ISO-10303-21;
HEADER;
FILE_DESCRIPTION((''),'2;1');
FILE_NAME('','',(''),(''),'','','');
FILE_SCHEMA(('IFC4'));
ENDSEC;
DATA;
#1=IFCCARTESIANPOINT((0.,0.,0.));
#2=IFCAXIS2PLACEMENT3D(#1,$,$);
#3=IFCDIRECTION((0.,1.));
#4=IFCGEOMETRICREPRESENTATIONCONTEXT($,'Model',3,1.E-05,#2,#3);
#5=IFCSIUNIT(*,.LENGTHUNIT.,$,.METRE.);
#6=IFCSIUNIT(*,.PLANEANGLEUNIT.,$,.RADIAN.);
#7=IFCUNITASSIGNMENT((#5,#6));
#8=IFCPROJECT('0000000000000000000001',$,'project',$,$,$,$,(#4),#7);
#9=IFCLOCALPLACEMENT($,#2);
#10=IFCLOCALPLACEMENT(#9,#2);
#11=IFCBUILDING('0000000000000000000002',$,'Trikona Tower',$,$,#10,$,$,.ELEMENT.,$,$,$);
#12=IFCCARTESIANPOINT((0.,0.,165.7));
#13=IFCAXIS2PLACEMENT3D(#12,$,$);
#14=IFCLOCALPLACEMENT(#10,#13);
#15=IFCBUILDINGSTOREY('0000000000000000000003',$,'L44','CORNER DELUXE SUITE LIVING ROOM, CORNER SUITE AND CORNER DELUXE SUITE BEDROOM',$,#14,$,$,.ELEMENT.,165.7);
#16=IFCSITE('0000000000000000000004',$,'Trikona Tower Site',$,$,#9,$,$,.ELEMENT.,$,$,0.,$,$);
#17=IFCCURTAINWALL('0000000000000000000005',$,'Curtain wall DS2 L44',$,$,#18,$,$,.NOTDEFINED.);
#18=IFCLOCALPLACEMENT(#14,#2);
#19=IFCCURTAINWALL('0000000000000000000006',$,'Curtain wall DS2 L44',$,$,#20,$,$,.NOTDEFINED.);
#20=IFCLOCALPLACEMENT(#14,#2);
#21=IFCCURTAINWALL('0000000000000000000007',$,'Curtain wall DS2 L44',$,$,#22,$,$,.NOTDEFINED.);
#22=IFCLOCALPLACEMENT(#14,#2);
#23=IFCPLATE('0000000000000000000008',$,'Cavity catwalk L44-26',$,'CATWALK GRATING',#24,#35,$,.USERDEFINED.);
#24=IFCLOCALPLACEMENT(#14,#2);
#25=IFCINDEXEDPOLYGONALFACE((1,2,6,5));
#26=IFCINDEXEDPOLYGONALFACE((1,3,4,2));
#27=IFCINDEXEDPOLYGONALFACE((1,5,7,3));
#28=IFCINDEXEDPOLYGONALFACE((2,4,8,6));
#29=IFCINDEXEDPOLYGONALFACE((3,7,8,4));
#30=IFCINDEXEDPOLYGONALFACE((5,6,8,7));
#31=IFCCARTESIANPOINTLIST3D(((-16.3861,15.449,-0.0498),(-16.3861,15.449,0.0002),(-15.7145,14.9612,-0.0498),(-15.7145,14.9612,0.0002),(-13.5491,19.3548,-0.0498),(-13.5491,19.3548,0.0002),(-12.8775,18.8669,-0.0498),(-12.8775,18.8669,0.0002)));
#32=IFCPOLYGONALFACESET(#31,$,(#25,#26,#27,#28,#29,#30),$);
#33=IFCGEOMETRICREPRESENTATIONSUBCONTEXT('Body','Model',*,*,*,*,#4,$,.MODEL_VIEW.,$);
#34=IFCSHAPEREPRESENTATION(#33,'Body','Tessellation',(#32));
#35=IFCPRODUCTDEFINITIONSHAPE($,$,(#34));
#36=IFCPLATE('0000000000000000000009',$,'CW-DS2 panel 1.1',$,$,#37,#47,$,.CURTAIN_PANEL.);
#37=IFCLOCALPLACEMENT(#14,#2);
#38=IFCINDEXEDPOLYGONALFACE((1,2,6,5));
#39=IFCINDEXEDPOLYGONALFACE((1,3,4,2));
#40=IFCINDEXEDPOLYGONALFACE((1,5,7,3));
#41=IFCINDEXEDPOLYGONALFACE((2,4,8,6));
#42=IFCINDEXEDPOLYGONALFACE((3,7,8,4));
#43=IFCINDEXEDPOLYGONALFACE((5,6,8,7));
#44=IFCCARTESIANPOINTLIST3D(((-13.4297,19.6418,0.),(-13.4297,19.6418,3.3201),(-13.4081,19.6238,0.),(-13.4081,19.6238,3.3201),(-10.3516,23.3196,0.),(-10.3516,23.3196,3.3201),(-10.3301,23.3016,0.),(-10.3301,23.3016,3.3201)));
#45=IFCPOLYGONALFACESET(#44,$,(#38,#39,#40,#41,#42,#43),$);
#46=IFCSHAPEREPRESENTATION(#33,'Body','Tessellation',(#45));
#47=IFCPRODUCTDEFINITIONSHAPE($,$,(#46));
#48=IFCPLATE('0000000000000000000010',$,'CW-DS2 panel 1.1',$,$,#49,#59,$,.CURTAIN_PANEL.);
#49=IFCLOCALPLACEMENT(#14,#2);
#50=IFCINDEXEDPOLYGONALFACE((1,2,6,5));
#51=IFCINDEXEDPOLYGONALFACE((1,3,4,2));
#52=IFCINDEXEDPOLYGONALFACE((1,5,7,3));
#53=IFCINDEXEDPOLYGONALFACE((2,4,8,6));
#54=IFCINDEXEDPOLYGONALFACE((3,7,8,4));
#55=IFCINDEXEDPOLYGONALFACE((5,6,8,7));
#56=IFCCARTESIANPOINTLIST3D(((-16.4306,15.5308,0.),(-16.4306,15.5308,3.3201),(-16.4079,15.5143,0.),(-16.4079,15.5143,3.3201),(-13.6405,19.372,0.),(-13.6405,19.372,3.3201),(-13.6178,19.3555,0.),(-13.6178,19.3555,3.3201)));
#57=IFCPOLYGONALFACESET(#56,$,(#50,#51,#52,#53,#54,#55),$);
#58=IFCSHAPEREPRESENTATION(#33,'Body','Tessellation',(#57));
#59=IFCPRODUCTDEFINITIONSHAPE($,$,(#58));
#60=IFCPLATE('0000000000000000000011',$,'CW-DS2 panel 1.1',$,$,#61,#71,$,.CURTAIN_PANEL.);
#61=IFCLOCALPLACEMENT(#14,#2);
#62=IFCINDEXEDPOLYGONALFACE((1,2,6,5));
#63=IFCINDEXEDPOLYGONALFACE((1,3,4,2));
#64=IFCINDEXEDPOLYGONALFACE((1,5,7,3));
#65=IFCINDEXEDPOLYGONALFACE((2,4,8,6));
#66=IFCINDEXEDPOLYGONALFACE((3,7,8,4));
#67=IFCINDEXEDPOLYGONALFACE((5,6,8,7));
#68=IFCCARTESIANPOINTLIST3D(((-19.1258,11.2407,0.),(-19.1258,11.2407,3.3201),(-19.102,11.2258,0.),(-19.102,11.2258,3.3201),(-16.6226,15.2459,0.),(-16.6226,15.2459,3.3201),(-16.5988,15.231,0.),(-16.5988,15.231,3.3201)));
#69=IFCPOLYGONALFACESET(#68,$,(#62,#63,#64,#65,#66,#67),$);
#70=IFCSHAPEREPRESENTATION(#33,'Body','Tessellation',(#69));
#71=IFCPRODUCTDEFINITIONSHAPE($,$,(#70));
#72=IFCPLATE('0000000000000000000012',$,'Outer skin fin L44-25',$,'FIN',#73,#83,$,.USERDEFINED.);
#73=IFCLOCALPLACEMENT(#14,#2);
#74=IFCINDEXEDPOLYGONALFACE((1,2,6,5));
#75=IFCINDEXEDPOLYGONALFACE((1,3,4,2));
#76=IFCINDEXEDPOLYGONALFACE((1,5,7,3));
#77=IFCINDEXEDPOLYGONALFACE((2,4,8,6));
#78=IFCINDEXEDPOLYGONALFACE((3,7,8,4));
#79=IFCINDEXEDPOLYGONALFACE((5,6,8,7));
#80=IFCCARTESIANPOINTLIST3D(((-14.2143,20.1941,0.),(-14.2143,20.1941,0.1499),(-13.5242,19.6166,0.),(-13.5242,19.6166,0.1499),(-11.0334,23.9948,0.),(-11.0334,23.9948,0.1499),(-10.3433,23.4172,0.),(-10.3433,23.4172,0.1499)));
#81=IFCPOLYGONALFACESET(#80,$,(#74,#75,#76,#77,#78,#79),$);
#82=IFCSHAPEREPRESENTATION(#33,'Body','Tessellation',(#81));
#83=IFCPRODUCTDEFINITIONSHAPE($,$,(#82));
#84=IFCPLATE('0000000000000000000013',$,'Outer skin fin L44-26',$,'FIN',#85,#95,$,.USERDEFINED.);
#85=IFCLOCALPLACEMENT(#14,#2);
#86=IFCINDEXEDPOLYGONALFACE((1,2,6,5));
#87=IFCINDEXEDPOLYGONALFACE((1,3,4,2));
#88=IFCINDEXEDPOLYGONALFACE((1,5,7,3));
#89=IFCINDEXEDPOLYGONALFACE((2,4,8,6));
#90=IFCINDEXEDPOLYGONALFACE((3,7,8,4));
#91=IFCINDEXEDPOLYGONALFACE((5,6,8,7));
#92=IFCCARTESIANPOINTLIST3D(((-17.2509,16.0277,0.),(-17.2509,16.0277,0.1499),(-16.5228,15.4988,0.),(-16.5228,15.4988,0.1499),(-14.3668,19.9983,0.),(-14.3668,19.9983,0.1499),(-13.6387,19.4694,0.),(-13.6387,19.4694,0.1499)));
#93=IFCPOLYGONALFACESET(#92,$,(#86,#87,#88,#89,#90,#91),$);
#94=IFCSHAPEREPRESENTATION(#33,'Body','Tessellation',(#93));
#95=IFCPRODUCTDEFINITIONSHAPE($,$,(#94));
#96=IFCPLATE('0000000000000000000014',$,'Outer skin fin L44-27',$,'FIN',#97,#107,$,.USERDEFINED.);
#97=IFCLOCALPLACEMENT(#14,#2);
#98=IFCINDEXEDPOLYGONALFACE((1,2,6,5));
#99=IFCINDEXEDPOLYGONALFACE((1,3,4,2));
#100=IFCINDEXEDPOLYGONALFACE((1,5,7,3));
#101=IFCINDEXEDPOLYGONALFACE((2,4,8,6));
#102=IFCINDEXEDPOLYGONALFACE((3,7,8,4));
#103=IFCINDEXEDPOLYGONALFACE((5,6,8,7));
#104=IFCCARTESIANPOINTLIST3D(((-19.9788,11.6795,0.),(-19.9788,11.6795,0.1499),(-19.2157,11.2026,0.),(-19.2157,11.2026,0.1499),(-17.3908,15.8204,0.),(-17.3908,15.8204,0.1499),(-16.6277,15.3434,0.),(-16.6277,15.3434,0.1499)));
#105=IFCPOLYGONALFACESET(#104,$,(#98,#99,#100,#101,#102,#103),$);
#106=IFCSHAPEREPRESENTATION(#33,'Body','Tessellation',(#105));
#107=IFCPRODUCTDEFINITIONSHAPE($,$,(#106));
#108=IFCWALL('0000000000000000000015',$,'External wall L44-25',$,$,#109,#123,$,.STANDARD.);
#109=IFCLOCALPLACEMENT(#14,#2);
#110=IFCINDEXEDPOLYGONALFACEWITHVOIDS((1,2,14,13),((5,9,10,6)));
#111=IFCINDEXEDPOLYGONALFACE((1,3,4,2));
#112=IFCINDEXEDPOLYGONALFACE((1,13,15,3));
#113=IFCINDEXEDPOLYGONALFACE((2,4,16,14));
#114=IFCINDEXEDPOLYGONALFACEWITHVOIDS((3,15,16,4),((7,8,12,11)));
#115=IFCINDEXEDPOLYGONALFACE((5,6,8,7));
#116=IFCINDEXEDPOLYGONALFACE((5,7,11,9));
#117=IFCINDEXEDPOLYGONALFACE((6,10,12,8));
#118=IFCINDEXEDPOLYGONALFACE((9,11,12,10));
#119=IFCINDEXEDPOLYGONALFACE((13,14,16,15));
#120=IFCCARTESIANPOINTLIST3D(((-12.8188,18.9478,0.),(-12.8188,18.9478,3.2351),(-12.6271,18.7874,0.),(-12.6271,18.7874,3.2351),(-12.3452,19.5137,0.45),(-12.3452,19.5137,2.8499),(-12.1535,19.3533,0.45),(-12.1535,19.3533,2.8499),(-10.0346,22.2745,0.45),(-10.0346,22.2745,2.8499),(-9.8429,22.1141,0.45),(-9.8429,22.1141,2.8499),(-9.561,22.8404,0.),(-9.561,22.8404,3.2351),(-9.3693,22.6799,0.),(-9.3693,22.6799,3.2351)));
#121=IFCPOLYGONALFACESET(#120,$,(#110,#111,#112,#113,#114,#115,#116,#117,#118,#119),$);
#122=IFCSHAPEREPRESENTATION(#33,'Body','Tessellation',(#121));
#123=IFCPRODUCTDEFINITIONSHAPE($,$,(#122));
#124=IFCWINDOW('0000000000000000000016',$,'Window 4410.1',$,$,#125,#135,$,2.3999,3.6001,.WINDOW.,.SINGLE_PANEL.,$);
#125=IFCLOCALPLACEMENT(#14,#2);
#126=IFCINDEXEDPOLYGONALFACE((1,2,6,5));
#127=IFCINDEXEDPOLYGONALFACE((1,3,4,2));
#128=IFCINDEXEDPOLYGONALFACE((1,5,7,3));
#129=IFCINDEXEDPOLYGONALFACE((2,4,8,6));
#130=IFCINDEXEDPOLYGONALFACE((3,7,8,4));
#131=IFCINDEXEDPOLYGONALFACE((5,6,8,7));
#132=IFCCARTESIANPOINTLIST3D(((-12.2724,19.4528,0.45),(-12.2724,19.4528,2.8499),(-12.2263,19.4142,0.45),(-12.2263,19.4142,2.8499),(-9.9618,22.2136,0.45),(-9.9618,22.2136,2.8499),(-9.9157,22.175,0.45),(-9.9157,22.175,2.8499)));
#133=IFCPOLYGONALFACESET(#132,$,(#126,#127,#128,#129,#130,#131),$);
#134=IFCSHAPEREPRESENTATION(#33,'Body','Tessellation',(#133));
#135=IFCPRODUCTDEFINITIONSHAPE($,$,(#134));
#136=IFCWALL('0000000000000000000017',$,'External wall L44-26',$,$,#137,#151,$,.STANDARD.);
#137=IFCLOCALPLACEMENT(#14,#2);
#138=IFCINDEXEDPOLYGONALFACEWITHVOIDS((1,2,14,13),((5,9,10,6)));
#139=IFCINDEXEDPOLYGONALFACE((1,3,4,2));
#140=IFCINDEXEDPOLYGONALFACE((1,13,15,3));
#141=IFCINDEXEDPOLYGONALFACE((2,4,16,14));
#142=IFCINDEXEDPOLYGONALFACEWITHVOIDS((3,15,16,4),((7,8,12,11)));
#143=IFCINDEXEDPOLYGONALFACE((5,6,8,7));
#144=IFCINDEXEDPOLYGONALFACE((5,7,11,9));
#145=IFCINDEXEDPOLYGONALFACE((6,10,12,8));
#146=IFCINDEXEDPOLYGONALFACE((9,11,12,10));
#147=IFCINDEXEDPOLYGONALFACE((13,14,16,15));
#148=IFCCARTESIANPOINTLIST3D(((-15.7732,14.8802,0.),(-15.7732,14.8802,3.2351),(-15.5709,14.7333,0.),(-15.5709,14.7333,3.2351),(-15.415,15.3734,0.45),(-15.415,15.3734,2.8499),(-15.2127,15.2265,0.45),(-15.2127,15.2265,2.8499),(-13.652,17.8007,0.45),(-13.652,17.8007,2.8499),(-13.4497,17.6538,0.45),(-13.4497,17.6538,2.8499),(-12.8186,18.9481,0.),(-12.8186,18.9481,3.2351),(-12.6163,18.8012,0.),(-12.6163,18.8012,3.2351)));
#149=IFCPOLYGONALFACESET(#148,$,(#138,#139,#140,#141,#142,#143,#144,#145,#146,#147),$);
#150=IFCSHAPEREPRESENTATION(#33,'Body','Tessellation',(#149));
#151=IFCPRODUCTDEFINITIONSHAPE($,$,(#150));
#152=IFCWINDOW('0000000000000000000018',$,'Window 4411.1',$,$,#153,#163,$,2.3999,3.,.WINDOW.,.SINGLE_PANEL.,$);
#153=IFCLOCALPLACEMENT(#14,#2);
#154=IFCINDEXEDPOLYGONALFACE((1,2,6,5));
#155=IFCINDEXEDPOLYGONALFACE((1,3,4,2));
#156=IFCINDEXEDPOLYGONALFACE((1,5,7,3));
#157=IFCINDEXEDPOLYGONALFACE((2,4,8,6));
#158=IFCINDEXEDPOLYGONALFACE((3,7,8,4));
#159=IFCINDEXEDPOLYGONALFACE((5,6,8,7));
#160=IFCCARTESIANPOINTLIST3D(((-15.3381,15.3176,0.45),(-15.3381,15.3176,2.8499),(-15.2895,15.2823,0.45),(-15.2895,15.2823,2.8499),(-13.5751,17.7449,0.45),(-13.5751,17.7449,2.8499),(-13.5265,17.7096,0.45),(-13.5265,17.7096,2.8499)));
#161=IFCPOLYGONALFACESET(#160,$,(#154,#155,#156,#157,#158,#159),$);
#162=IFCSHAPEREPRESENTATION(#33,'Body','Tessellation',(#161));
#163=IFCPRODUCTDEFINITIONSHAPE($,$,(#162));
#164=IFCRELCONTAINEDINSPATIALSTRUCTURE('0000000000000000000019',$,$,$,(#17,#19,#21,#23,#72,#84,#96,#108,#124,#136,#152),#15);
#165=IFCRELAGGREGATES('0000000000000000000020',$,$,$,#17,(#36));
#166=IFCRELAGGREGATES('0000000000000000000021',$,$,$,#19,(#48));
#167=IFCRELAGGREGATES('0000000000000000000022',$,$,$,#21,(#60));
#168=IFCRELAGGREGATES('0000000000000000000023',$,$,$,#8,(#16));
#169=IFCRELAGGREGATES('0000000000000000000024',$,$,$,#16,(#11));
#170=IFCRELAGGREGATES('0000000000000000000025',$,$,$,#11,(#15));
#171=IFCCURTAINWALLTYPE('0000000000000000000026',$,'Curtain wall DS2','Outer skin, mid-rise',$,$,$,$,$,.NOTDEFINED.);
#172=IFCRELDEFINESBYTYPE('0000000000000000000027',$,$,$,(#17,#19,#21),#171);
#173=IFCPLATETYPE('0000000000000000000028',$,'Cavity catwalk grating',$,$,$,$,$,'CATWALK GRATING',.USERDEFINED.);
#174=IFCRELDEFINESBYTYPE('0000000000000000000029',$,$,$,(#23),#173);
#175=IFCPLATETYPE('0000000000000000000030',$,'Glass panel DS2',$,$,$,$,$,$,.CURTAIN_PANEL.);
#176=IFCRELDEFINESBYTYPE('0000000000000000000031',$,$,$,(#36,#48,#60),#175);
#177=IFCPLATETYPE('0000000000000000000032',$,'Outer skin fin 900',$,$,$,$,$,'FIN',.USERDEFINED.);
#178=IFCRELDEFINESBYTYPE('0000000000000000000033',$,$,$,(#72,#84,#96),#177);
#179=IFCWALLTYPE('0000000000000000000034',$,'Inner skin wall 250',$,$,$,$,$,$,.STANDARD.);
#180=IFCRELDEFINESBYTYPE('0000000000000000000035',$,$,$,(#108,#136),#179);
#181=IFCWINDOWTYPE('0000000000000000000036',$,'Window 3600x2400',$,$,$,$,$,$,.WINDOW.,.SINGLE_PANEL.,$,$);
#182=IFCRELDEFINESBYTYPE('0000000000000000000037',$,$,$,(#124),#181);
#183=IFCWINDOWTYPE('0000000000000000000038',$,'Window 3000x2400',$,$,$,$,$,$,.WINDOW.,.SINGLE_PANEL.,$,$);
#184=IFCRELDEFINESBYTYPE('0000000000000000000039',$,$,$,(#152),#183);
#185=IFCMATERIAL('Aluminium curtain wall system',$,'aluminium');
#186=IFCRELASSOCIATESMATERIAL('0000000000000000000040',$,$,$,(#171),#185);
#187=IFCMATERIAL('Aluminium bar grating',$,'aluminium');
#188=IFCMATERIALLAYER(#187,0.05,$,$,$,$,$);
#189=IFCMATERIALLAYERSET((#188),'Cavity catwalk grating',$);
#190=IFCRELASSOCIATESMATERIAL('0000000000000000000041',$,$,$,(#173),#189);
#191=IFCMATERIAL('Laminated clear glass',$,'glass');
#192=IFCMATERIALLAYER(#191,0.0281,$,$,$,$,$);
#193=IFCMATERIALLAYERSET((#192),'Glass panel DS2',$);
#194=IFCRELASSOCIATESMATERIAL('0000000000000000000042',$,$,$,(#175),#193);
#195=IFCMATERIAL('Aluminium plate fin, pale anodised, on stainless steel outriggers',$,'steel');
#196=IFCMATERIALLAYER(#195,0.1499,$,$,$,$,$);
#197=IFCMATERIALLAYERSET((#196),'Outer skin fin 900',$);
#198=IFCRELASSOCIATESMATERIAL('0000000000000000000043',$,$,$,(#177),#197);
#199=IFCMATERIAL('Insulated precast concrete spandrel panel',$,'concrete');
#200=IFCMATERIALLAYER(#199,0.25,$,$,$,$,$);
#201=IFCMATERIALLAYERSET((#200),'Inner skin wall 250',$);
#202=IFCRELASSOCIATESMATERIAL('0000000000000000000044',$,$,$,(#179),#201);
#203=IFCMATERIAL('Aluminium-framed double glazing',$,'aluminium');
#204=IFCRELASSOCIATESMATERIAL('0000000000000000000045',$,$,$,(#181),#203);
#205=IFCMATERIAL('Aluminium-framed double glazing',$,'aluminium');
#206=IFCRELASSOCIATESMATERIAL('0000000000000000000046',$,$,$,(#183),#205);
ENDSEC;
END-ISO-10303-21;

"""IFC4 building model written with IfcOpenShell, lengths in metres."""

from ifc_helpers import new_model, si_unit, direction, frame, frame_2d, origin, origin_2d, place, context, subcontext, project, spatial, rectangle, extrude, material, layer, layer_set, type_object, element, fill, aggregate, save


model = new_model("IFC4")

# Units and contexts
model_context = context("Model", 3, precision=1e-05, world=origin(), true_north=direction((0.0, 1.0)))
body_context = subcontext(model_context, "Body", "Model", "MODEL_VIEW")
ifc_project = project(units=[si_unit("LENGTHUNIT", "METRE"), si_unit("PLANEANGLEUNIT", "RADIAN")], contexts=[model_context])

# Site, building, storey
site_placement = place(None, origin())
site = spatial("IfcSite", under=ifc_project, at=site_placement, Name="Trikona Tower Site", CompositionType="ELEMENT", RefElevation=0.0)
building_placement = place(site_placement, origin())
building = spatial("IfcBuilding", under=site, at=building_placement, Name="Trikona Tower", CompositionType="ELEMENT")
storey_placement = place(building_placement, frame((0.0, 0.0, 165.7)))
storey = spatial("IfcBuildingStorey", under=building, at=storey_placement, Name="L44", Description="CORNER DELUXE SUITE LIVING ROOM, CORNER SUITE AND CORNER DELUXE SUITE BEDROOM", CompositionType="ELEMENT", Elevation=165.7)

# Shared definitions
ifc_material_1 = material(Name="Aluminium curtain wall system", Category="aluminium")
curtain_wall_type = type_object("IfcCurtainWallType", Name="Curtain wall DS2", Description="Outer skin, mid-rise", PredefinedType="NOTDEFINED", material=ifc_material_1)

# Curtain walls
curtain_wall_1_placement = place(storey_placement, origin())
curtain_wall_1 = element("IfcCurtainWall", 1, at=curtain_wall_1_placement, inside=storey, type_object=curtain_wall_type, Name="Curtain wall DS2 L44", PredefinedType="NOTDEFINED")
curtain_wall_2_placement = place(storey_placement, origin())
curtain_wall_2 = element("IfcCurtainWall", 2, at=curtain_wall_2_placement, inside=storey, type_object=curtain_wall_type, Name="Curtain wall DS2 L44", PredefinedType="NOTDEFINED")

# Curtain wall
curtain_wall_3_placement = place(storey_placement, origin())
curtain_wall_3 = element("IfcCurtainWall", 3, at=curtain_wall_3_placement, inside=storey, type_object=curtain_wall_type, Name="Curtain wall DS2 L44", PredefinedType="NOTDEFINED")

# Plate
ifc_material_2 = material(Name="Aluminium bar grating", Category="aluminium")
ifc_layer_1 = layer(ifc_material_2, 0.05)
ifc_layer_set_1 = layer_set([ifc_layer_1], Name="Cavity catwalk grating")
plate_type_1 = type_object("IfcPlateType", Name="Cavity catwalk grating", ElementType="CATWALK GRATING", PredefinedType="USERDEFINED", material=ifc_layer_set_1)
plate_1_placement = place(storey_placement, frame((-14.6318, 17.158, -0.0498), z_axis=(0.0, 0.0, 1.0), x_axis=(-0.587686, -0.809089, 0.0)))
element("IfcPlate", 4, at=plate_1_placement, inside=storey, type_object=plate_type_1, Name="Cavity catwalk L44-26", ObjectType="CATWALK GRATING", PredefinedType="USERDEFINED", context=body_context, shape_type="SweptSolid", body=[
    extrude(rectangle(XDim=4.8274, YDim=0.8301, at=origin_2d()), origin(), (0.0, 0.0, 1.0), 0.05),
])

# Plates
ifc_material_3 = material(Name="Laminated clear glass", Category="glass")
ifc_layer_2 = layer(ifc_material_3, 0.0281)
ifc_layer_set_2 = layer_set([ifc_layer_2], Name="Glass panel DS2")
plate_type_2 = type_object("IfcPlateType", Name="Glass panel DS2", PredefinedType="CURTAIN_PANEL", material=ifc_layer_set_2)
plate_2_placement = place(storey_placement, frame((-11.8799, 21.4717, 0.0), z_axis=(0.0, 0.0, 1.0), x_axis=(-0.641806, -0.766867, 0.0)))
plate_2 = element("IfcPlate", 5, at=plate_2_placement, type_object=plate_type_2, Name="CW-DS2 panel 1.1", PredefinedType="CURTAIN_PANEL", context=body_context, shape_type="SweptSolid", body=[
    extrude(rectangle(XDim=4.7959, YDim=0.0281, at=origin_2d()), origin(), (0.0, 0.0, 1.0), 3.3201),
])
aggregate(curtain_wall_1, [plate_2])
plate_3_placement = place(storey_placement, frame((-15.0242, 17.4431, 0.0), z_axis=(0.0, 0.0, 1.0), x_axis=(-0.587691, -0.809086, 0.0)))
plate_3 = element("IfcPlate", 6, at=plate_3_placement, type_object=plate_type_2, Name="CW-DS2 panel 1.1", PredefinedType="CURTAIN_PANEL", context=body_context, shape_type="SweptSolid", body=[
    extrude(rectangle(XDim=4.7476, YDim=0.0281, at=origin_2d()), origin(), (0.0, 0.0, 1.0), 3.3201),
])
aggregate(curtain_wall_2, [plate_3])
plate_4_placement = place(storey_placement, frame((-17.8623, 13.2358, 0.0), z_axis=(0.0, 0.0, 1.0), x_axis=(-0.529999, -0.847998, 0.0)))
plate_4 = element("IfcPlate", 7, at=plate_4_placement, type_object=plate_type_2, Name="CW-DS2 panel 1.1", PredefinedType="CURTAIN_PANEL", context=body_context, shape_type="SweptSolid", body=[
    extrude(rectangle(XDim=4.7231, YDim=0.0281, at=origin_2d()), origin(), (0.0, 0.0, 1.0), 3.3201),
])
aggregate(curtain_wall_3, [plate_4])

# Plates
ifc_material_4 = material(Name="Aluminium plate fin, pale anodised, on stainless steel outriggers", Category="steel")
ifc_layer_3 = layer(ifc_material_4, 0.1499)
ifc_layer_set_3 = layer_set([ifc_layer_3], Name="Outer skin fin 900")
plate_type_3 = type_object("IfcPlateType", Name="Outer skin fin 900", ElementType="FIN", PredefinedType="USERDEFINED", material=ifc_layer_set_3)
plate_5_placement = place(storey_placement, frame((-12.2788, 21.8057, 0.0), z_axis=(0.0, 0.0, 1.0), x_axis=(-0.641807, -0.766866, 0.0)))
element("IfcPlate", 8, at=plate_5_placement, inside=storey, type_object=plate_type_3, Name="Outer skin fin L44-25", ObjectType="FIN", PredefinedType="USERDEFINED", context=body_context, shape_type="SweptSolid", body=[
    extrude(rectangle(XDim=4.9561, YDim=0.8999, at=origin_2d()), origin(), (0.0, 0.0, 1.0), 0.1499),
])
plate_6_placement = place(storey_placement, frame((-15.4448, 17.7485, 0.0), z_axis=(0.0, 0.0, 1.0), x_axis=(-0.587686, -0.809089, 0.0)))
element("IfcPlate", 9, at=plate_6_placement, inside=storey, type_object=plate_type_3, Name="Outer skin fin L44-26", ObjectType="FIN", PredefinedType="USERDEFINED", context=body_context, shape_type="SweptSolid", body=[
    extrude(rectangle(XDim=4.9075, YDim=0.8999, at=origin_2d()), origin(), (0.0, 0.0, 1.0), 0.1499),
])
plate_7_placement = place(storey_placement, frame((-18.3032, 13.5115, 0.0), z_axis=(0.0, 0.0, 1.0), x_axis=(-0.529995, -0.848001, 0.0)))
element("IfcPlate", 10, at=plate_7_placement, inside=storey, type_object=plate_type_3, Name="Outer skin fin L44-27", ObjectType="FIN", PredefinedType="USERDEFINED", context=body_context, shape_type="SweptSolid", body=[
    extrude(rectangle(XDim=4.8831, YDim=0.8999, at=origin_2d()), origin(), (0.0, 0.0, 1.0), 0.1499),
])

# Walls, openings, windows
ifc_material_5 = material(Name="Insulated precast concrete spandrel panel", Category="concrete")
ifc_layer_4 = layer(ifc_material_5, 0.25)
ifc_layer_set_4 = layer_set([ifc_layer_4], Name="Inner skin wall 250")
wall_type = type_object("IfcWallType", Name="Inner skin wall 250", PredefinedType="STANDARD", material=ifc_layer_set_4)
wall_1_placement = place(storey_placement, frame((-9.4651, 22.7603, 0.0), z_axis=(0.0, 0.0, 1.0), x_axis=(-0.64181, -0.766863, 0.0)))
wall_1 = element("IfcWall", 11, at=wall_1_placement, inside=storey, type_object=wall_type, Name="External wall L44-25", PredefinedType="STANDARD", context=body_context, shape_type="SweptSolid", body=[
    extrude(rectangle(XDim=5.0759, YDim=0.25, at=frame_2d((2.5381, 0.0))), origin(), (0.0, 0.0, 1.0), 3.2351),
])
opening_1_placement = place(wall_1_placement, frame((0.738, 0.0, 0.45)))
opening_1 = element("IfcOpeningElement", 12, at=opening_1_placement, cuts=wall_1, PredefinedType="OPENING", context=body_context, shape_type="SweptSolid", body=[
    extrude(rectangle(XDim=3.6001, YDim=2.3999, at=frame_2d((1.8, 1.2))), frame((0.0, 0.135, 0.0), z_axis=(0.0, -1.0, 0.0), x_axis=(1.0, 0.0, 0.0)), (0.0, 0.0, 1.0), 0.27),
])
ifc_material_6 = material(Name="Aluminium-framed double glazing", Category="aluminium")
window_type_1 = type_object("IfcWindowType", Name="Window 3600x2400", PartitioningType="SINGLE_PANEL", PredefinedType="WINDOW", material=ifc_material_6)
window_1_placement = place(opening_1_placement, origin())
window_1 = element("IfcWindow", 13, at=window_1_placement, inside=storey, type_object=window_type_1, Name="Window 4410.1", OverallHeight=2.3999, OverallWidth=3.6001, PartitioningType="SINGLE_PANEL", PredefinedType="WINDOW", context=body_context, shape_type="SweptSolid", body=[
    extrude(rectangle(XDim=3.6001, YDim=2.3999, at=frame_2d((1.8, 1.2))), frame((0.0, 0.03, 0.0), z_axis=(0.0, -1.0, 0.0), x_axis=(1.0, 0.0, 0.0)), (0.0, 0.0, 1.0), 0.0601),
])
fill(opening_1, window_1)
wall_2_placement = place(storey_placement, frame((-12.7175, 18.8745, 0.0), z_axis=(0.0, 0.0, 1.0), x_axis=(-0.587669, -0.809101, 0.0)))
wall_2 = element("IfcWall", 14, at=wall_2_placement, inside=storey, type_object=wall_type, Name="External wall L44-26", PredefinedType="STANDARD", context=body_context, shape_type="SweptSolid", body=[
    extrude(rectangle(XDim=5.0276, YDim=0.25, at=frame_2d((2.5137, 0.0))), origin(), (0.0, 0.0, 1.0), 3.2351),
])
opening_2_placement = place(wall_2_placement, frame((1.418, 0.0, 0.45)))
opening_2 = element("IfcOpeningElement", 15, at=opening_2_placement, cuts=wall_2, PredefinedType="OPENING", context=body_context, shape_type="SweptSolid", body=[
    extrude(rectangle(XDim=3.0, YDim=2.3999, at=frame_2d((1.5, 1.2))), frame((0.0, 0.135, 0.0), z_axis=(0.0, -1.0, 0.0), x_axis=(1.0, 0.0, 0.0)), (0.0, 0.0, 1.0), 0.27),
])
ifc_material_7 = material(Name="Aluminium-framed double glazing", Category="aluminium")
window_type_2 = type_object("IfcWindowType", Name="Window 3000x2400", PartitioningType="SINGLE_PANEL", PredefinedType="WINDOW", material=ifc_material_7)
window_2_placement = place(opening_2_placement, origin())
window_2 = element("IfcWindow", 16, at=window_2_placement, inside=storey, type_object=window_type_2, Name="Window 4411.1", OverallHeight=2.3999, OverallWidth=3.0, PartitioningType="SINGLE_PANEL", PredefinedType="WINDOW", context=body_context, shape_type="SweptSolid", body=[
    extrude(rectangle(XDim=3.0, YDim=2.3999, at=frame_2d((1.5, 1.2))), frame((0.0, 0.03, 0.0), z_axis=(0.0, -1.0, 0.0), x_axis=(1.0, 0.0, 0.0)), (0.0, 0.0, 1.0), 0.0601),
])
fill(opening_2, window_2)

save(model, "model.ifc")
